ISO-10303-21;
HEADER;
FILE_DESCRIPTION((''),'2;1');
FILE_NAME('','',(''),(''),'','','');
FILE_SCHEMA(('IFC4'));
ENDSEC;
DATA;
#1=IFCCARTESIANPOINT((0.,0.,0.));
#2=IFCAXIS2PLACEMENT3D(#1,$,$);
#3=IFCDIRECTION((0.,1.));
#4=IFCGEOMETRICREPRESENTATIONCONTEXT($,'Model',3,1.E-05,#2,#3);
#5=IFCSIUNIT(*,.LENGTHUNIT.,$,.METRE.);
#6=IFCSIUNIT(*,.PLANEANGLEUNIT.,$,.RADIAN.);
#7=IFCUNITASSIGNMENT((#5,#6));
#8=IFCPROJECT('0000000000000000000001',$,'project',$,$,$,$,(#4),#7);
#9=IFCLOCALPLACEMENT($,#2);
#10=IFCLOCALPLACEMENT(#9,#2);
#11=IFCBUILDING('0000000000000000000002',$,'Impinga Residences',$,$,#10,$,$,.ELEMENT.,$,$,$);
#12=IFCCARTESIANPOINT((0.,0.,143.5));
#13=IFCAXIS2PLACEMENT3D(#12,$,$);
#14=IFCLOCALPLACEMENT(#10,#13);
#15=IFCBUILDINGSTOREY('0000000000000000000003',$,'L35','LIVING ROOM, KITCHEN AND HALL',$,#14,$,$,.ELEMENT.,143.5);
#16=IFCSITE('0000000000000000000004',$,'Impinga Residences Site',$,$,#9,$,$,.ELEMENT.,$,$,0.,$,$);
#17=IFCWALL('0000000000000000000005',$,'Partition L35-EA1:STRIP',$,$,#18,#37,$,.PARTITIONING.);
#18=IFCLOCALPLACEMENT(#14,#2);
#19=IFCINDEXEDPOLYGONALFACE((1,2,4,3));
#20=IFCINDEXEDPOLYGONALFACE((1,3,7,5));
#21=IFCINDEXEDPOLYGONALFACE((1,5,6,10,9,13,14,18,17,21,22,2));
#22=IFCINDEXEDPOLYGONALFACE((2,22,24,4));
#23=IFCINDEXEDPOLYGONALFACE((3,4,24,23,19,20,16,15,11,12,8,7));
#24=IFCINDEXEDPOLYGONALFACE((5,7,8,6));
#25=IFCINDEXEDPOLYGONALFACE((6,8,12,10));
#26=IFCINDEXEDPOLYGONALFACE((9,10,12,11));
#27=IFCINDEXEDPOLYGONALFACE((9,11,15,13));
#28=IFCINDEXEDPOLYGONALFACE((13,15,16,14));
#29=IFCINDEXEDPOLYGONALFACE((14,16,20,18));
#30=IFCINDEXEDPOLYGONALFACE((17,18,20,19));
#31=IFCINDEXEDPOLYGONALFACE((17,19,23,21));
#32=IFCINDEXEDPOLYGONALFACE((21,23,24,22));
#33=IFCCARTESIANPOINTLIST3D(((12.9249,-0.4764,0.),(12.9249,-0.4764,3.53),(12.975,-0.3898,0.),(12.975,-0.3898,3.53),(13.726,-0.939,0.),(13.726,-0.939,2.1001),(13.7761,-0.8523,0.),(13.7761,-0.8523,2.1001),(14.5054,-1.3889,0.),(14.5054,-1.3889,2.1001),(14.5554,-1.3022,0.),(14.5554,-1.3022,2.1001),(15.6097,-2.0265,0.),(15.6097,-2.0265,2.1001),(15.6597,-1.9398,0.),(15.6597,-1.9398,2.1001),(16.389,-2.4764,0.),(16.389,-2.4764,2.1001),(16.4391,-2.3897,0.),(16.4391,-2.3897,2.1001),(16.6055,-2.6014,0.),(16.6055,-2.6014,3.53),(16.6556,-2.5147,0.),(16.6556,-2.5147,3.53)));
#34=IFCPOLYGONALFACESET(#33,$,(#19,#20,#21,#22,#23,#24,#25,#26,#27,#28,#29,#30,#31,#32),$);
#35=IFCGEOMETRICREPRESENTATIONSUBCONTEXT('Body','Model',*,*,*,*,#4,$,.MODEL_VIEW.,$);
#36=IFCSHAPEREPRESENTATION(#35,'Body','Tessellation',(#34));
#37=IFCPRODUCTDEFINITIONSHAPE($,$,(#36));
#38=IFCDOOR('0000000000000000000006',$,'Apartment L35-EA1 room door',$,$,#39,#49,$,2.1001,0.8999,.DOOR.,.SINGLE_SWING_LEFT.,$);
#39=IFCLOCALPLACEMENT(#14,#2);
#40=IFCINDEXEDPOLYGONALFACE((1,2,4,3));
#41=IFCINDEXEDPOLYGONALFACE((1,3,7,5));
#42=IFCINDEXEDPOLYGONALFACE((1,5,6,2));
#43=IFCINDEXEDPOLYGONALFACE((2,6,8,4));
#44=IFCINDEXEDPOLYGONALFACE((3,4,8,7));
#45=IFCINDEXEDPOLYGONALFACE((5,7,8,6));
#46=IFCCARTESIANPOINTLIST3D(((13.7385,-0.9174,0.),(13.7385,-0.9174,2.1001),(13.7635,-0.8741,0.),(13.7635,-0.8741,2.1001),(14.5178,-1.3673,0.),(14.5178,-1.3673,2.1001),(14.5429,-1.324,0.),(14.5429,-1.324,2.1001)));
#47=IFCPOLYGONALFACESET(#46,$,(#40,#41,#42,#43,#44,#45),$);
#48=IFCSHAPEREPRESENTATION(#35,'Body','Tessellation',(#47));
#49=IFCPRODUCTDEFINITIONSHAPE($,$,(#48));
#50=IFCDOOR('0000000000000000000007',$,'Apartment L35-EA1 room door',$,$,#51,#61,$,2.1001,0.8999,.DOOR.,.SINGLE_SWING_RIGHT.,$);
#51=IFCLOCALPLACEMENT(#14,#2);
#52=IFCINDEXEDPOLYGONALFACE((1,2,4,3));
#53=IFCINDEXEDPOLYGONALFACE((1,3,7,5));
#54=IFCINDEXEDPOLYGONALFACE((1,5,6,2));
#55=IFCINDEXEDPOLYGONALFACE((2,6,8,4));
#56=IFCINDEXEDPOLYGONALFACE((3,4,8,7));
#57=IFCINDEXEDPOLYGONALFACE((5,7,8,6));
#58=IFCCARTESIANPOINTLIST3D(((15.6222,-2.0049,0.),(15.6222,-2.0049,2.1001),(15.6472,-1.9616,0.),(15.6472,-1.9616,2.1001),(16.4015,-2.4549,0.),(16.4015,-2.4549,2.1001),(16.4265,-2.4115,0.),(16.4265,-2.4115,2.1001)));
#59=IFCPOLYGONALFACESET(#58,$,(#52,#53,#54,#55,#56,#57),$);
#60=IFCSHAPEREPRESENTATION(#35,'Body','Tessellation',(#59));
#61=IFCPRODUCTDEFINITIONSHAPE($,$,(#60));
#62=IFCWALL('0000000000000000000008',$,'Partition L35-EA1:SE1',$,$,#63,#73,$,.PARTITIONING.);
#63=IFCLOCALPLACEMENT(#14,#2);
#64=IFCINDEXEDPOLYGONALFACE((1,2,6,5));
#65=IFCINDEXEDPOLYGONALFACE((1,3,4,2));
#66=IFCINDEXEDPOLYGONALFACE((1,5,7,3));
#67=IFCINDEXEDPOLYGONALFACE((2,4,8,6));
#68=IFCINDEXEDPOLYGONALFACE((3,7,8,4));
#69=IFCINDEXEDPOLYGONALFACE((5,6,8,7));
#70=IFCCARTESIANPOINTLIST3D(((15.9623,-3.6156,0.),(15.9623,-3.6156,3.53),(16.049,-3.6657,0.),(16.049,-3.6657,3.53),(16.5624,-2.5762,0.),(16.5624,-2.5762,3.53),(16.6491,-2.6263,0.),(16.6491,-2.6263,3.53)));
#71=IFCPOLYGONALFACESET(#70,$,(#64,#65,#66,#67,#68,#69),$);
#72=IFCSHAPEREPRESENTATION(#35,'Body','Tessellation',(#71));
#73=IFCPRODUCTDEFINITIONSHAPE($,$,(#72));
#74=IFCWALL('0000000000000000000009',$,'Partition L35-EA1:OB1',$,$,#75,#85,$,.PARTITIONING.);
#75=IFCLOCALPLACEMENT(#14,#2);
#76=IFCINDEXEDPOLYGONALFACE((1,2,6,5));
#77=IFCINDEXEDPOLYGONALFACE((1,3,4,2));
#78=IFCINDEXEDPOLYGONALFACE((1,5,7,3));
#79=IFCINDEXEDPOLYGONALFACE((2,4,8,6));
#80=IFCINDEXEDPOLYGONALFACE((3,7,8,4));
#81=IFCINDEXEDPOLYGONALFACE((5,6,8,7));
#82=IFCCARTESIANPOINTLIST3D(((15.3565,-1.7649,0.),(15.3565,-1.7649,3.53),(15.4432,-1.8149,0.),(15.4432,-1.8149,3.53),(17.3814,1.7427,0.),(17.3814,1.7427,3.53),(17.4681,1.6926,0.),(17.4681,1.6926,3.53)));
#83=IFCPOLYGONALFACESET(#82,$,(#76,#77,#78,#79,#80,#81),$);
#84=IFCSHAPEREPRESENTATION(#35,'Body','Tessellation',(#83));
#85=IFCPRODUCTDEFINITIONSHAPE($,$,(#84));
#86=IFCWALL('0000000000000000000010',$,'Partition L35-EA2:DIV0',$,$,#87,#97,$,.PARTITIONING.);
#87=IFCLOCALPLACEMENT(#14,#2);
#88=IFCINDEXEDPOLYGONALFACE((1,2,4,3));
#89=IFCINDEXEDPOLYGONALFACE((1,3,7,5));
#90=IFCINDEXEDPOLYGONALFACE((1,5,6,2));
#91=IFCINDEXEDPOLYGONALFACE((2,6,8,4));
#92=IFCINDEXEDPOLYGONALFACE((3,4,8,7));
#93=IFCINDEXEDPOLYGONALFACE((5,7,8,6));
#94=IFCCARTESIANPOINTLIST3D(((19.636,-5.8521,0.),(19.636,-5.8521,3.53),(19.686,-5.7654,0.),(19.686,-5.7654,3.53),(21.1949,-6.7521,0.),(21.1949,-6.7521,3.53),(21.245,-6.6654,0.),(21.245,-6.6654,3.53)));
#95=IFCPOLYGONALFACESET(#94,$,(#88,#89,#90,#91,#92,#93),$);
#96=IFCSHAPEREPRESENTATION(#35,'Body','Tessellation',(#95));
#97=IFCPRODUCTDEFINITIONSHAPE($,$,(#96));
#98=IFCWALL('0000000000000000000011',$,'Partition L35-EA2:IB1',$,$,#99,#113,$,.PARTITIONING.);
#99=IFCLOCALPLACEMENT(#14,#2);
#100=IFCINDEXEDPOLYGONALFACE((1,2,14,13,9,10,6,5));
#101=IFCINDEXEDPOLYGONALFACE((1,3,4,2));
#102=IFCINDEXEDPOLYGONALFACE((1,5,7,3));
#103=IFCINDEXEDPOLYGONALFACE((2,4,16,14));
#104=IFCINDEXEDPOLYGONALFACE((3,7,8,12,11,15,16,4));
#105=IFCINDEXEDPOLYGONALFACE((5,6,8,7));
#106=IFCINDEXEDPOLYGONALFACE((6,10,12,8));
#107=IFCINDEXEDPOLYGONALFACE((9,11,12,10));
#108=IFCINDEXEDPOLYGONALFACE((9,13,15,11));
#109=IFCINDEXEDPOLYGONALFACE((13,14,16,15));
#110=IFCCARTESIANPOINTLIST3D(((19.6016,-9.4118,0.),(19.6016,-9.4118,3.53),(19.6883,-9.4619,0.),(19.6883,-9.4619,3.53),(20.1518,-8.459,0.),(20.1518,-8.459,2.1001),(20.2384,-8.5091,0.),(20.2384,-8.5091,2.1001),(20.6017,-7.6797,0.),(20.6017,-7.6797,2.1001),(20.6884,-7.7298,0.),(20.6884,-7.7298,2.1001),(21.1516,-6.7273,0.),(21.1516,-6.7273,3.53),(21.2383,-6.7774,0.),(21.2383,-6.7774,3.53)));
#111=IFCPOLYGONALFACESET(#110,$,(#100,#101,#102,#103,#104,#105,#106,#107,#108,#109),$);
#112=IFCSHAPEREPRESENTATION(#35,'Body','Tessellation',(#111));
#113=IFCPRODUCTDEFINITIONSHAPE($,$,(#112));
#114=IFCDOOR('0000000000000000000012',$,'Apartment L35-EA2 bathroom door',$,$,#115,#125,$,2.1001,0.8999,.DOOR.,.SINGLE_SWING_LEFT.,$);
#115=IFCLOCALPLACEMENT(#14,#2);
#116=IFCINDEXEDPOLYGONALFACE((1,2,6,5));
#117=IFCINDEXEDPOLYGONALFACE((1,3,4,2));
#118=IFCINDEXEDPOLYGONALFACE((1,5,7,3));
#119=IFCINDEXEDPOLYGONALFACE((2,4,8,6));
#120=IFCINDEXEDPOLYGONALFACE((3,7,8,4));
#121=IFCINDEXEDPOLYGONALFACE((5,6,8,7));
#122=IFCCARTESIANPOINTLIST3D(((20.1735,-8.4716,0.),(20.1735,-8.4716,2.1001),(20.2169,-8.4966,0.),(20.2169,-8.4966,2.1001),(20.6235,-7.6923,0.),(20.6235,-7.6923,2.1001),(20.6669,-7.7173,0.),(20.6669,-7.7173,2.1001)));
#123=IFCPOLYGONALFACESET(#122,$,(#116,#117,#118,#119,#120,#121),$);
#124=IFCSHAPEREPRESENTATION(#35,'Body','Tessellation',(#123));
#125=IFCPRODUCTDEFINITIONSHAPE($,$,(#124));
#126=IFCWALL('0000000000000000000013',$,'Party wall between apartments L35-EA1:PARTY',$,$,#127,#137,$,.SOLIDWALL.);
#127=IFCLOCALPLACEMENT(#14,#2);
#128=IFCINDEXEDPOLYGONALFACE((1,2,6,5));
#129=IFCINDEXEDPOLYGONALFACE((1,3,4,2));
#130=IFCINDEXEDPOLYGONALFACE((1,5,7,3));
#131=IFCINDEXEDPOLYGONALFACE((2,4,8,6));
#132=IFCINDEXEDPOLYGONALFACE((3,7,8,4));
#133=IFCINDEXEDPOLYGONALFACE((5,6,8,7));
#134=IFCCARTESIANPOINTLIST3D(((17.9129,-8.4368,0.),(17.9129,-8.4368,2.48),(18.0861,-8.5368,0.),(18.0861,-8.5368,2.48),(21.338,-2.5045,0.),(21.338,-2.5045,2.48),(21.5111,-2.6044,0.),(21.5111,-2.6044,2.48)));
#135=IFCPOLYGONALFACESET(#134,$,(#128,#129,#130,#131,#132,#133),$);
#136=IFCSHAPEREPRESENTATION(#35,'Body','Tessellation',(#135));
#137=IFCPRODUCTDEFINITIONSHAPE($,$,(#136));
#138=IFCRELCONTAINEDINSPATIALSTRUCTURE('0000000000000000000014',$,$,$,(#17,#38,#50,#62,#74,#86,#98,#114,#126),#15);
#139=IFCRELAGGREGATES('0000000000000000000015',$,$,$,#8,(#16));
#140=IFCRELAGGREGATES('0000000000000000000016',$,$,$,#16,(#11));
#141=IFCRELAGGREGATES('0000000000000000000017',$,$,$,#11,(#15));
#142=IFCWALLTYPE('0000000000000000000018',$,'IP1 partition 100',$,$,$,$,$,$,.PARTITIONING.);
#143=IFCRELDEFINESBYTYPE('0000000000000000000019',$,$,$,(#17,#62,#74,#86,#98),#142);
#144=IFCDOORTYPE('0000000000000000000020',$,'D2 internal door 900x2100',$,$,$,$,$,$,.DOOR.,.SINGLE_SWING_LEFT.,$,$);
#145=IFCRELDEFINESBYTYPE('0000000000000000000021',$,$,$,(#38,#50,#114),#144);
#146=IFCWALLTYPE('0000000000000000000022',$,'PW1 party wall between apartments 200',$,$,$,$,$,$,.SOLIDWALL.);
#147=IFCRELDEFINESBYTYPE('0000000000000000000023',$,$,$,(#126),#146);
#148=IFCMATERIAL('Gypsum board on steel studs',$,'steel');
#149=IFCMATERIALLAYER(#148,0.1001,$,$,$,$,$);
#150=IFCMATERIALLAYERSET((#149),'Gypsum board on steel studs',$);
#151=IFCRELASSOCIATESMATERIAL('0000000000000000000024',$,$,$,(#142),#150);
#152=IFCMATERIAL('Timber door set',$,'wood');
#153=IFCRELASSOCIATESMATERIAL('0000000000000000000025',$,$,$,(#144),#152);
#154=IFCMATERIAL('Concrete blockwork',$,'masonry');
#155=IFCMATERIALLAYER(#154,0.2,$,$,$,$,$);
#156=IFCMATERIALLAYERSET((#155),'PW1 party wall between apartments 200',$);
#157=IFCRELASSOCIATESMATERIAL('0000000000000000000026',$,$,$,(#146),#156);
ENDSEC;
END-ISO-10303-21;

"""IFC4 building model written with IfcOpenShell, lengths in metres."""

from ifc_helpers import new_model, si_unit, direction, frame, frame_2d, origin, place, context, subcontext, project, spatial, rectangle, extrude, material, layer, layer_set, type_object, element, fill, save


model = new_model("IFC4")

# Units and contexts
model_context = context("Model", 3, precision=1e-05, world=origin(), true_north=direction((0.0, 1.0)))
body_context = subcontext(model_context, "Body", "Model", "MODEL_VIEW")
ifc_project = project(units=[si_unit("LENGTHUNIT", "METRE"), si_unit("PLANEANGLEUNIT", "RADIAN")], contexts=[model_context])

# Site, building, storey
site_placement = place(None, origin())
site = spatial("IfcSite", under=ifc_project, at=site_placement, Name="Impinga Residences Site", CompositionType="ELEMENT", RefElevation=0.0)
building_placement = place(site_placement, origin())
building = spatial("IfcBuilding", under=site, at=building_placement, Name="Impinga Residences", CompositionType="ELEMENT")
storey_placement = place(building_placement, frame((0.0, 0.0, 143.5)))
storey = spatial("IfcBuildingStorey", under=building, at=storey_placement, Name="L35", Description="LIVING ROOM, KITCHEN AND HALL", CompositionType="ELEMENT", Elevation=143.5)

# Shared definitions
ifc_material_1 = material(Name="Gypsum board on steel studs", Category="steel")
ifc_layer_1 = layer(ifc_material_1, 0.1001)
ifc_layer_set_1 = layer_set([ifc_layer_1], Name="Gypsum board on steel studs")
wall_type_1 = type_object("IfcWallType", Name="IP1 partition 100", PredefinedType="PARTITIONING", material=ifc_layer_set_1)

# Wall, openings, doors
wall_1_placement = place(storey_placement, frame((12.95, -0.4331, 0.0), z_axis=(0.0, 0.0, 1.0), x_axis=(0.866029, -0.499994, 0.0)))
wall_1 = element("IfcWall", 1, at=wall_1_placement, inside=storey, type_object=wall_type_1, Name="Partition L35-EA1:STRIP", PredefinedType="PARTITIONING", context=body_context, shape_type="SweptSolid", body=[
    extrude(rectangle(XDim=4.25, YDim=0.1001, at=frame_2d((2.125, 0.0))), origin(), (0.0, 0.0, 1.0), 3.53),
])
opening_1_placement = place(wall_1_placement, frame((0.925, 0.0, 0.0)))
opening_1 = element("IfcOpeningElement", 2, at=opening_1_placement, cuts=wall_1, PredefinedType="OPENING", context=body_context, shape_type="SweptSolid", body=[
    extrude(rectangle(XDim=0.8999, YDim=2.1001, at=frame_2d((0.45, 1.05))), frame((0.0, 0.0601, 0.0), z_axis=(0.0, -1.0, 0.0), x_axis=(1.0, 0.0, 0.0)), (0.0, 0.0, 1.0), 0.1201),
])
opening_2_placement = place(wall_1_placement, frame((3.1001, 0.0, 0.0)))
opening_2 = element("IfcOpeningElement", 3, at=opening_2_placement, cuts=wall_1, PredefinedType="OPENING", context=body_context, shape_type="SweptSolid", body=[
    extrude(rectangle(XDim=0.8999, YDim=2.1001, at=frame_2d((0.45, 1.05))), frame((0.0, 0.0601, 0.0), z_axis=(0.0, -1.0, 0.0), x_axis=(1.0, 0.0, 0.0)), (0.0, 0.0, 1.0), 0.1201),
])
ifc_material_2 = material(Name="Timber door set", Category="wood")
door_type = type_object("IfcDoorType", Name="D2 internal door 900x2100", OperationType="SINGLE_SWING_LEFT", PredefinedType="DOOR", material=ifc_material_2)
door_1_placement = place(opening_1_placement, origin())
door_1 = element("IfcDoor", 4, at=door_1_placement, inside=storey, type_object=door_type, Name="Apartment L35-EA1 room door", OperationType="SINGLE_SWING_LEFT", OverallHeight=2.1001, OverallWidth=0.8999, PredefinedType="DOOR", context=body_context, shape_type="SweptSolid", body=[
    extrude(rectangle(XDim=0.8999, YDim=2.1001, at=frame_2d((0.45, 1.05))), frame((0.0, 0.0249, 0.0), z_axis=(0.0, -1.0, 0.0), x_axis=(1.0, 0.0, 0.0)), (0.0, 0.0, 1.0), 0.05),
])
fill(opening_1, door_1)
door_2_placement = place(opening_2_placement, origin())
door_2 = element("IfcDoor", 5, at=door_2_placement, inside=storey, type_object=door_type, Name="Apartment L35-EA1 room door", OperationType="SINGLE_SWING_RIGHT", OverallHeight=2.1001, OverallWidth=0.8999, PredefinedType="DOOR", context=body_context, shape_type="SweptSolid", body=[
    extrude(rectangle(XDim=0.8999, YDim=2.1001, at=frame_2d((0.45, 1.05))), frame((0.0, 0.0249, 0.0), z_axis=(0.0, -1.0, 0.0), x_axis=(1.0, 0.0, 0.0)), (0.0, 0.0, 1.0), 0.05),
])
fill(opening_2, door_2)

# Walls
wall_2_placement = place(storey_placement, frame((16.0056, -3.6406, 0.0), z_axis=(0.0, 0.0, 1.0), x_axis=(0.500034, 0.866006, 0.0)))
element("IfcWall", 6, at=wall_2_placement, inside=storey, type_object=wall_type_1, Name="Partition L35-EA1:SE1", PredefinedType="PARTITIONING", context=body_context, shape_type="SweptSolid", body=[
    extrude(rectangle(XDim=1.2002, YDim=0.1001, at=frame_2d((0.6001, 0.0))), origin(), (0.0, 0.0, 1.0), 3.53),
])
wall_3_placement = place(storey_placement, frame((15.3999, -1.7898, 0.0), z_axis=(0.0, 0.0, 1.0), x_axis=(0.499964, 0.866046, 0.0)))
element("IfcWall", 7, at=wall_3_placement, inside=storey, type_object=wall_type_1, Name="Partition L35-EA1:OB1", PredefinedType="PARTITIONING", context=body_context, shape_type="SweptSolid", body=[
    extrude(rectangle(XDim=4.05, YDim=0.1001, at=frame_2d((2.0249, 0.0))), origin(), (0.0, 0.0, 1.0), 3.53),
])
wall_4_placement = place(storey_placement, frame((19.6611, -5.8088, 0.0), z_axis=(0.0, 0.0, 1.0), x_axis=(0.866048, -0.499961, 0.0)))
element("IfcWall", 8, at=wall_4_placement, inside=storey, type_object=wall_type_1, Name="Partition L35-EA2:DIV0", PredefinedType="PARTITIONING", context=body_context, shape_type="SweptSolid", body=[
    extrude(rectangle(XDim=1.8, YDim=0.1001, at=frame_2d((0.8999, 0.0))), origin(), (0.0, 0.0, 1.0), 3.53),
])

# Wall, opening, door
wall_5_placement = place(storey_placement, frame((19.645, -9.4368, 0.0), z_axis=(0.0, 0.0, 1.0), x_axis=(0.500027, 0.86601, 0.0)))
wall_5 = element("IfcWall", 9, at=wall_5_placement, inside=storey, type_object=wall_type_1, Name="Partition L35-EA2:IB1", PredefinedType="PARTITIONING", context=body_context, shape_type="SweptSolid", body=[
    extrude(rectangle(XDim=3.0999, YDim=0.1001, at=frame_2d((1.5498, 0.0))), origin(), (0.0, 0.0, 1.0), 3.53),
])
opening_3_placement = place(wall_5_placement, frame((1.1001, 0.0, 0.0)))
opening_3 = element("IfcOpeningElement", 10, at=opening_3_placement, cuts=wall_5, PredefinedType="OPENING", context=body_context, shape_type="SweptSolid", body=[
    extrude(rectangle(XDim=0.8999, YDim=2.1001, at=frame_2d((0.45, 1.05))), frame((0.0, 0.0601, 0.0), z_axis=(0.0, -1.0, 0.0), x_axis=(1.0, 0.0, 0.0)), (0.0, 0.0, 1.0), 0.1201),
])
door_3_placement = place(opening_3_placement, origin())
door_3 = element("IfcDoor", 11, at=door_3_placement, inside=storey, type_object=door_type, Name="Apartment L35-EA2 bathroom door", OperationType="SINGLE_SWING_LEFT", OverallHeight=2.1001, OverallWidth=0.8999, PredefinedType="DOOR", context=body_context, shape_type="SweptSolid", body=[
    extrude(rectangle(XDim=0.8999, YDim=2.1001, at=frame_2d((0.45, 1.05))), frame((0.0, 0.0249, 0.0), z_axis=(0.0, -1.0, 0.0), x_axis=(1.0, 0.0, 0.0)), (0.0, 0.0, 1.0), 0.05),
])
fill(opening_3, door_3)

# Wall
ifc_material_3 = material(Name="Concrete blockwork", Category="masonry")
ifc_layer_2 = layer(ifc_material_3, 0.2)
ifc_layer_set_2 = layer_set([ifc_layer_2], Name="PW1 party wall between apartments 200")
wall_type_2 = type_object("IfcWallType", Name="PW1 party wall between apartments 200", PredefinedType="SOLIDWALL", material=ifc_layer_set_2)
wall_6_placement = place(storey_placement, frame((17.9995, -8.4868, 0.0), z_axis=(0.0, 0.0, 1.0), x_axis=(0.499999, 0.866026, 0.0)))
element("IfcWall", 12, at=wall_6_placement, inside=storey, type_object=wall_type_2, Name="Party wall between apartments L35-EA1:PARTY", PredefinedType="SOLIDWALL", context=body_context, shape_type="SweptSolid", body=[
    extrude(rectangle(XDim=6.8501, YDim=0.2, at=frame_2d((3.425, 0.0))), origin(), (0.0, 0.0, 1.0), 2.48),
])

save(model, "model.ifc")
